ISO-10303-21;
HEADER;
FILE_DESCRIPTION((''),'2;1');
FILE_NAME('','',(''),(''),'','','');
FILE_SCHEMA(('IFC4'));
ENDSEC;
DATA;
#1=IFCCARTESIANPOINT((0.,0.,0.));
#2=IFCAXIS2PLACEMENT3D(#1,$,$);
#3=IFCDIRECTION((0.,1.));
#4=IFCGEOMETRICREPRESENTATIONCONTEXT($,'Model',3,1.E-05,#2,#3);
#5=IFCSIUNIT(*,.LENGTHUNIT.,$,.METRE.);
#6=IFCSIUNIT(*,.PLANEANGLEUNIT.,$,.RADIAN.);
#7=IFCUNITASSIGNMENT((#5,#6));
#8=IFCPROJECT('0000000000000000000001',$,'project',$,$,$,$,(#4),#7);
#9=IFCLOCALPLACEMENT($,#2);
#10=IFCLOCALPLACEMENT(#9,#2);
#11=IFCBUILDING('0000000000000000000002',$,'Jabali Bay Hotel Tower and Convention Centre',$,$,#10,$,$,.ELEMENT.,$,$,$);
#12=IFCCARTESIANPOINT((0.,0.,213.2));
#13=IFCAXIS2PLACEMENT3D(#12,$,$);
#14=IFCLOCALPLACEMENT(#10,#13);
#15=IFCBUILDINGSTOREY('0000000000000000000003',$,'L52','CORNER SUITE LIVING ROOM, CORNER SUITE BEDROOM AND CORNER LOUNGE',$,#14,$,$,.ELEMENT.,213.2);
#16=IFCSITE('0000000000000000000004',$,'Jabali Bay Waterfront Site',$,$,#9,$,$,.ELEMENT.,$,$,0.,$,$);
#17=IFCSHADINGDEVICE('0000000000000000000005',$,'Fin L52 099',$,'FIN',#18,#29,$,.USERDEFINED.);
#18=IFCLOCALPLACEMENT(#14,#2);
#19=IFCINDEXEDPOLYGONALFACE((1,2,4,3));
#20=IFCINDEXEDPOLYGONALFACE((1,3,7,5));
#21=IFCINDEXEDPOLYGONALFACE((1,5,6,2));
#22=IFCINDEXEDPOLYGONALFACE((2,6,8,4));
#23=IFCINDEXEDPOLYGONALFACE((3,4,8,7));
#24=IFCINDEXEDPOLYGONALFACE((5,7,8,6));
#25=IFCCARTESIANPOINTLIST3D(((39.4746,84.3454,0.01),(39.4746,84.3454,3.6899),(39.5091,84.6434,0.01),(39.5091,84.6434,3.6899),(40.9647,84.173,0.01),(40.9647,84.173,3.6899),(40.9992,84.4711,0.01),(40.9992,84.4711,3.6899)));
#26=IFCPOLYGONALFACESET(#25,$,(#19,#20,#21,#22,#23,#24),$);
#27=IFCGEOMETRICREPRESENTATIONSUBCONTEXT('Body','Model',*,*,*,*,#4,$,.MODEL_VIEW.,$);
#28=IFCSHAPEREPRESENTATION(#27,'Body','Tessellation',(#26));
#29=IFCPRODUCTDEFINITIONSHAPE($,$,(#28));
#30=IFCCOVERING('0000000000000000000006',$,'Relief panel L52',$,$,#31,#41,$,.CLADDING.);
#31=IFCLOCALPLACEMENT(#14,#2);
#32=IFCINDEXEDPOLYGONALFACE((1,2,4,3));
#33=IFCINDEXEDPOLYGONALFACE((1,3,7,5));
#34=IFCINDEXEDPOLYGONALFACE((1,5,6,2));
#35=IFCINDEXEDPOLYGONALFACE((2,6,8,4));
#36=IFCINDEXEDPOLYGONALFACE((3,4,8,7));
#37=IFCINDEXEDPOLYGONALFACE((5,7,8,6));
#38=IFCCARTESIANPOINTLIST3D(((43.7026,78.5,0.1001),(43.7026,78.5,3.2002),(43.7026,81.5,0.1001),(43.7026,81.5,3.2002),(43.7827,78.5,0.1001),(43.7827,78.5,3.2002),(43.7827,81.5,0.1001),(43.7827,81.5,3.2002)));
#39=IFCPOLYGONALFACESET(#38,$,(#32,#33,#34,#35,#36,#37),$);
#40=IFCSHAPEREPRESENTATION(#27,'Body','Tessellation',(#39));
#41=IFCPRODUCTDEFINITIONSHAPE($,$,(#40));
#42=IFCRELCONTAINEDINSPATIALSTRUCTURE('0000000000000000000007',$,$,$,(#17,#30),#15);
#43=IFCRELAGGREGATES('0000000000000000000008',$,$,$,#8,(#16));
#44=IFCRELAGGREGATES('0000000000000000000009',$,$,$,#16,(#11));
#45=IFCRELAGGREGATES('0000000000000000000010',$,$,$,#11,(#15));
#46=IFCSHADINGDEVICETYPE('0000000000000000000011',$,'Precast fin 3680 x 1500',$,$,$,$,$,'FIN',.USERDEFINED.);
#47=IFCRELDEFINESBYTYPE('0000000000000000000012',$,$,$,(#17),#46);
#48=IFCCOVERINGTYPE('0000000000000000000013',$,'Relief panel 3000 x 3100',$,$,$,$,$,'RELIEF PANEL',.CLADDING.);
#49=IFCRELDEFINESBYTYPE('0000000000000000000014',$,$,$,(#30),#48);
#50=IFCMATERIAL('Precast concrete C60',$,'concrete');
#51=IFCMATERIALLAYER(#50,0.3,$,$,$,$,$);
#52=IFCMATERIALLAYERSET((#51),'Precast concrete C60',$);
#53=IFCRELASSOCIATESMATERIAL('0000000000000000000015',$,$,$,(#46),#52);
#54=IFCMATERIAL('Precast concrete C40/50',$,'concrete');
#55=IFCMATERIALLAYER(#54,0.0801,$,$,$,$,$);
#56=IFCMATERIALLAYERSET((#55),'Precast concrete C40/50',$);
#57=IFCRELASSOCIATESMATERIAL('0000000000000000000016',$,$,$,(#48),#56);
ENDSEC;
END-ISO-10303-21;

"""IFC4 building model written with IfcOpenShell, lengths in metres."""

from ifc_helpers import new_model, si_unit, direction, frame, frame_2d, origin, origin_2d, place, context, subcontext, project, spatial, rectangle, extrude, material, layer, layer_set, type_object, element, save


model = new_model("IFC4")

# Units and contexts
model_context = context("Model", 3, precision=1e-05, world=origin(), true_north=direction((0.0, 1.0)))
body_context = subcontext(model_context, "Body", "Model", "MODEL_VIEW")
ifc_project = project(units=[si_unit("LENGTHUNIT", "METRE"), si_unit("PLANEANGLEUNIT", "RADIAN")], contexts=[model_context])

# Site, building, storey
site_placement = place(None, origin())
site = spatial("IfcSite", under=ifc_project, at=site_placement, Name="Jabali Bay Waterfront Site", CompositionType="ELEMENT", RefElevation=0.0)
building_placement = place(site_placement, origin())
building = spatial("IfcBuilding", under=site, at=building_placement, Name="Jabali Bay Hotel Tower and Convention Centre", CompositionType="ELEMENT")
storey_placement = place(building_placement, frame((0.0, 0.0, 213.2)))
storey = spatial("IfcBuildingStorey", under=building, at=storey_placement, Name="L52", Description="CORNER SUITE LIVING ROOM, CORNER SUITE BEDROOM AND CORNER LOUNGE", CompositionType="ELEMENT", Elevation=213.2)

# Shading device
ifc_material_1 = material(Name="Precast concrete C60", Category="concrete")
ifc_layer_1 = layer(ifc_material_1, 0.3)
ifc_layer_set_1 = layer_set([ifc_layer_1], Name="Precast concrete C60")
shading_device_type = type_object("IfcShadingDeviceType", Name="Precast fin 3680 x 1500", ElementType="FIN", PredefinedType="USERDEFINED", material=ifc_layer_set_1)
shading_device_1_placement = place(storey_placement, frame((40.9819, 84.322, 0.01), z_axis=(0.0, 0.0, 1.0), x_axis=(-0.993375, 0.114914, 0.0)))
element("IfcShadingDevice", 1, at=shading_device_1_placement, inside=storey, type_object=shading_device_type, Name="Fin L52 099", ObjectType="FIN", PredefinedType="USERDEFINED", context=body_context, shape_type="SweptSolid", body=[
    extrude(rectangle(XDim=1.5, YDim=0.3, at=frame_2d((0.75, 0.0))), origin(), (0.0, 0.0, 1.0), 3.6799),
])

# Covering
ifc_material_2 = material(Name="Precast concrete C40/50", Category="concrete")
ifc_layer_2 = layer(ifc_material_2, 0.0801)
ifc_layer_set_2 = layer_set([ifc_layer_2], Name="Precast concrete C40/50")
covering_type = type_object("IfcCoveringType", Name="Relief panel 3000 x 3100", ElementType="RELIEF PANEL", PredefinedType="CLADDING", material=ifc_layer_set_2)
covering_placement = place(storey_placement, frame((43.7427, 80.0, 0.1001), z_axis=(0.0, 0.0, 1.0), x_axis=(0.0, 1.0, 0.0)))
element("IfcCovering", 2, at=covering_placement, inside=storey, type_object=covering_type, Name="Relief panel L52", PredefinedType="CLADDING", context=body_context, shape_type="SweptSolid", body=[
    extrude(rectangle(XDim=3.0, YDim=0.0801, at=origin_2d()), origin(), (0.0, 0.0, 1.0), 3.1001),
])

save(model, "model.ifc")
